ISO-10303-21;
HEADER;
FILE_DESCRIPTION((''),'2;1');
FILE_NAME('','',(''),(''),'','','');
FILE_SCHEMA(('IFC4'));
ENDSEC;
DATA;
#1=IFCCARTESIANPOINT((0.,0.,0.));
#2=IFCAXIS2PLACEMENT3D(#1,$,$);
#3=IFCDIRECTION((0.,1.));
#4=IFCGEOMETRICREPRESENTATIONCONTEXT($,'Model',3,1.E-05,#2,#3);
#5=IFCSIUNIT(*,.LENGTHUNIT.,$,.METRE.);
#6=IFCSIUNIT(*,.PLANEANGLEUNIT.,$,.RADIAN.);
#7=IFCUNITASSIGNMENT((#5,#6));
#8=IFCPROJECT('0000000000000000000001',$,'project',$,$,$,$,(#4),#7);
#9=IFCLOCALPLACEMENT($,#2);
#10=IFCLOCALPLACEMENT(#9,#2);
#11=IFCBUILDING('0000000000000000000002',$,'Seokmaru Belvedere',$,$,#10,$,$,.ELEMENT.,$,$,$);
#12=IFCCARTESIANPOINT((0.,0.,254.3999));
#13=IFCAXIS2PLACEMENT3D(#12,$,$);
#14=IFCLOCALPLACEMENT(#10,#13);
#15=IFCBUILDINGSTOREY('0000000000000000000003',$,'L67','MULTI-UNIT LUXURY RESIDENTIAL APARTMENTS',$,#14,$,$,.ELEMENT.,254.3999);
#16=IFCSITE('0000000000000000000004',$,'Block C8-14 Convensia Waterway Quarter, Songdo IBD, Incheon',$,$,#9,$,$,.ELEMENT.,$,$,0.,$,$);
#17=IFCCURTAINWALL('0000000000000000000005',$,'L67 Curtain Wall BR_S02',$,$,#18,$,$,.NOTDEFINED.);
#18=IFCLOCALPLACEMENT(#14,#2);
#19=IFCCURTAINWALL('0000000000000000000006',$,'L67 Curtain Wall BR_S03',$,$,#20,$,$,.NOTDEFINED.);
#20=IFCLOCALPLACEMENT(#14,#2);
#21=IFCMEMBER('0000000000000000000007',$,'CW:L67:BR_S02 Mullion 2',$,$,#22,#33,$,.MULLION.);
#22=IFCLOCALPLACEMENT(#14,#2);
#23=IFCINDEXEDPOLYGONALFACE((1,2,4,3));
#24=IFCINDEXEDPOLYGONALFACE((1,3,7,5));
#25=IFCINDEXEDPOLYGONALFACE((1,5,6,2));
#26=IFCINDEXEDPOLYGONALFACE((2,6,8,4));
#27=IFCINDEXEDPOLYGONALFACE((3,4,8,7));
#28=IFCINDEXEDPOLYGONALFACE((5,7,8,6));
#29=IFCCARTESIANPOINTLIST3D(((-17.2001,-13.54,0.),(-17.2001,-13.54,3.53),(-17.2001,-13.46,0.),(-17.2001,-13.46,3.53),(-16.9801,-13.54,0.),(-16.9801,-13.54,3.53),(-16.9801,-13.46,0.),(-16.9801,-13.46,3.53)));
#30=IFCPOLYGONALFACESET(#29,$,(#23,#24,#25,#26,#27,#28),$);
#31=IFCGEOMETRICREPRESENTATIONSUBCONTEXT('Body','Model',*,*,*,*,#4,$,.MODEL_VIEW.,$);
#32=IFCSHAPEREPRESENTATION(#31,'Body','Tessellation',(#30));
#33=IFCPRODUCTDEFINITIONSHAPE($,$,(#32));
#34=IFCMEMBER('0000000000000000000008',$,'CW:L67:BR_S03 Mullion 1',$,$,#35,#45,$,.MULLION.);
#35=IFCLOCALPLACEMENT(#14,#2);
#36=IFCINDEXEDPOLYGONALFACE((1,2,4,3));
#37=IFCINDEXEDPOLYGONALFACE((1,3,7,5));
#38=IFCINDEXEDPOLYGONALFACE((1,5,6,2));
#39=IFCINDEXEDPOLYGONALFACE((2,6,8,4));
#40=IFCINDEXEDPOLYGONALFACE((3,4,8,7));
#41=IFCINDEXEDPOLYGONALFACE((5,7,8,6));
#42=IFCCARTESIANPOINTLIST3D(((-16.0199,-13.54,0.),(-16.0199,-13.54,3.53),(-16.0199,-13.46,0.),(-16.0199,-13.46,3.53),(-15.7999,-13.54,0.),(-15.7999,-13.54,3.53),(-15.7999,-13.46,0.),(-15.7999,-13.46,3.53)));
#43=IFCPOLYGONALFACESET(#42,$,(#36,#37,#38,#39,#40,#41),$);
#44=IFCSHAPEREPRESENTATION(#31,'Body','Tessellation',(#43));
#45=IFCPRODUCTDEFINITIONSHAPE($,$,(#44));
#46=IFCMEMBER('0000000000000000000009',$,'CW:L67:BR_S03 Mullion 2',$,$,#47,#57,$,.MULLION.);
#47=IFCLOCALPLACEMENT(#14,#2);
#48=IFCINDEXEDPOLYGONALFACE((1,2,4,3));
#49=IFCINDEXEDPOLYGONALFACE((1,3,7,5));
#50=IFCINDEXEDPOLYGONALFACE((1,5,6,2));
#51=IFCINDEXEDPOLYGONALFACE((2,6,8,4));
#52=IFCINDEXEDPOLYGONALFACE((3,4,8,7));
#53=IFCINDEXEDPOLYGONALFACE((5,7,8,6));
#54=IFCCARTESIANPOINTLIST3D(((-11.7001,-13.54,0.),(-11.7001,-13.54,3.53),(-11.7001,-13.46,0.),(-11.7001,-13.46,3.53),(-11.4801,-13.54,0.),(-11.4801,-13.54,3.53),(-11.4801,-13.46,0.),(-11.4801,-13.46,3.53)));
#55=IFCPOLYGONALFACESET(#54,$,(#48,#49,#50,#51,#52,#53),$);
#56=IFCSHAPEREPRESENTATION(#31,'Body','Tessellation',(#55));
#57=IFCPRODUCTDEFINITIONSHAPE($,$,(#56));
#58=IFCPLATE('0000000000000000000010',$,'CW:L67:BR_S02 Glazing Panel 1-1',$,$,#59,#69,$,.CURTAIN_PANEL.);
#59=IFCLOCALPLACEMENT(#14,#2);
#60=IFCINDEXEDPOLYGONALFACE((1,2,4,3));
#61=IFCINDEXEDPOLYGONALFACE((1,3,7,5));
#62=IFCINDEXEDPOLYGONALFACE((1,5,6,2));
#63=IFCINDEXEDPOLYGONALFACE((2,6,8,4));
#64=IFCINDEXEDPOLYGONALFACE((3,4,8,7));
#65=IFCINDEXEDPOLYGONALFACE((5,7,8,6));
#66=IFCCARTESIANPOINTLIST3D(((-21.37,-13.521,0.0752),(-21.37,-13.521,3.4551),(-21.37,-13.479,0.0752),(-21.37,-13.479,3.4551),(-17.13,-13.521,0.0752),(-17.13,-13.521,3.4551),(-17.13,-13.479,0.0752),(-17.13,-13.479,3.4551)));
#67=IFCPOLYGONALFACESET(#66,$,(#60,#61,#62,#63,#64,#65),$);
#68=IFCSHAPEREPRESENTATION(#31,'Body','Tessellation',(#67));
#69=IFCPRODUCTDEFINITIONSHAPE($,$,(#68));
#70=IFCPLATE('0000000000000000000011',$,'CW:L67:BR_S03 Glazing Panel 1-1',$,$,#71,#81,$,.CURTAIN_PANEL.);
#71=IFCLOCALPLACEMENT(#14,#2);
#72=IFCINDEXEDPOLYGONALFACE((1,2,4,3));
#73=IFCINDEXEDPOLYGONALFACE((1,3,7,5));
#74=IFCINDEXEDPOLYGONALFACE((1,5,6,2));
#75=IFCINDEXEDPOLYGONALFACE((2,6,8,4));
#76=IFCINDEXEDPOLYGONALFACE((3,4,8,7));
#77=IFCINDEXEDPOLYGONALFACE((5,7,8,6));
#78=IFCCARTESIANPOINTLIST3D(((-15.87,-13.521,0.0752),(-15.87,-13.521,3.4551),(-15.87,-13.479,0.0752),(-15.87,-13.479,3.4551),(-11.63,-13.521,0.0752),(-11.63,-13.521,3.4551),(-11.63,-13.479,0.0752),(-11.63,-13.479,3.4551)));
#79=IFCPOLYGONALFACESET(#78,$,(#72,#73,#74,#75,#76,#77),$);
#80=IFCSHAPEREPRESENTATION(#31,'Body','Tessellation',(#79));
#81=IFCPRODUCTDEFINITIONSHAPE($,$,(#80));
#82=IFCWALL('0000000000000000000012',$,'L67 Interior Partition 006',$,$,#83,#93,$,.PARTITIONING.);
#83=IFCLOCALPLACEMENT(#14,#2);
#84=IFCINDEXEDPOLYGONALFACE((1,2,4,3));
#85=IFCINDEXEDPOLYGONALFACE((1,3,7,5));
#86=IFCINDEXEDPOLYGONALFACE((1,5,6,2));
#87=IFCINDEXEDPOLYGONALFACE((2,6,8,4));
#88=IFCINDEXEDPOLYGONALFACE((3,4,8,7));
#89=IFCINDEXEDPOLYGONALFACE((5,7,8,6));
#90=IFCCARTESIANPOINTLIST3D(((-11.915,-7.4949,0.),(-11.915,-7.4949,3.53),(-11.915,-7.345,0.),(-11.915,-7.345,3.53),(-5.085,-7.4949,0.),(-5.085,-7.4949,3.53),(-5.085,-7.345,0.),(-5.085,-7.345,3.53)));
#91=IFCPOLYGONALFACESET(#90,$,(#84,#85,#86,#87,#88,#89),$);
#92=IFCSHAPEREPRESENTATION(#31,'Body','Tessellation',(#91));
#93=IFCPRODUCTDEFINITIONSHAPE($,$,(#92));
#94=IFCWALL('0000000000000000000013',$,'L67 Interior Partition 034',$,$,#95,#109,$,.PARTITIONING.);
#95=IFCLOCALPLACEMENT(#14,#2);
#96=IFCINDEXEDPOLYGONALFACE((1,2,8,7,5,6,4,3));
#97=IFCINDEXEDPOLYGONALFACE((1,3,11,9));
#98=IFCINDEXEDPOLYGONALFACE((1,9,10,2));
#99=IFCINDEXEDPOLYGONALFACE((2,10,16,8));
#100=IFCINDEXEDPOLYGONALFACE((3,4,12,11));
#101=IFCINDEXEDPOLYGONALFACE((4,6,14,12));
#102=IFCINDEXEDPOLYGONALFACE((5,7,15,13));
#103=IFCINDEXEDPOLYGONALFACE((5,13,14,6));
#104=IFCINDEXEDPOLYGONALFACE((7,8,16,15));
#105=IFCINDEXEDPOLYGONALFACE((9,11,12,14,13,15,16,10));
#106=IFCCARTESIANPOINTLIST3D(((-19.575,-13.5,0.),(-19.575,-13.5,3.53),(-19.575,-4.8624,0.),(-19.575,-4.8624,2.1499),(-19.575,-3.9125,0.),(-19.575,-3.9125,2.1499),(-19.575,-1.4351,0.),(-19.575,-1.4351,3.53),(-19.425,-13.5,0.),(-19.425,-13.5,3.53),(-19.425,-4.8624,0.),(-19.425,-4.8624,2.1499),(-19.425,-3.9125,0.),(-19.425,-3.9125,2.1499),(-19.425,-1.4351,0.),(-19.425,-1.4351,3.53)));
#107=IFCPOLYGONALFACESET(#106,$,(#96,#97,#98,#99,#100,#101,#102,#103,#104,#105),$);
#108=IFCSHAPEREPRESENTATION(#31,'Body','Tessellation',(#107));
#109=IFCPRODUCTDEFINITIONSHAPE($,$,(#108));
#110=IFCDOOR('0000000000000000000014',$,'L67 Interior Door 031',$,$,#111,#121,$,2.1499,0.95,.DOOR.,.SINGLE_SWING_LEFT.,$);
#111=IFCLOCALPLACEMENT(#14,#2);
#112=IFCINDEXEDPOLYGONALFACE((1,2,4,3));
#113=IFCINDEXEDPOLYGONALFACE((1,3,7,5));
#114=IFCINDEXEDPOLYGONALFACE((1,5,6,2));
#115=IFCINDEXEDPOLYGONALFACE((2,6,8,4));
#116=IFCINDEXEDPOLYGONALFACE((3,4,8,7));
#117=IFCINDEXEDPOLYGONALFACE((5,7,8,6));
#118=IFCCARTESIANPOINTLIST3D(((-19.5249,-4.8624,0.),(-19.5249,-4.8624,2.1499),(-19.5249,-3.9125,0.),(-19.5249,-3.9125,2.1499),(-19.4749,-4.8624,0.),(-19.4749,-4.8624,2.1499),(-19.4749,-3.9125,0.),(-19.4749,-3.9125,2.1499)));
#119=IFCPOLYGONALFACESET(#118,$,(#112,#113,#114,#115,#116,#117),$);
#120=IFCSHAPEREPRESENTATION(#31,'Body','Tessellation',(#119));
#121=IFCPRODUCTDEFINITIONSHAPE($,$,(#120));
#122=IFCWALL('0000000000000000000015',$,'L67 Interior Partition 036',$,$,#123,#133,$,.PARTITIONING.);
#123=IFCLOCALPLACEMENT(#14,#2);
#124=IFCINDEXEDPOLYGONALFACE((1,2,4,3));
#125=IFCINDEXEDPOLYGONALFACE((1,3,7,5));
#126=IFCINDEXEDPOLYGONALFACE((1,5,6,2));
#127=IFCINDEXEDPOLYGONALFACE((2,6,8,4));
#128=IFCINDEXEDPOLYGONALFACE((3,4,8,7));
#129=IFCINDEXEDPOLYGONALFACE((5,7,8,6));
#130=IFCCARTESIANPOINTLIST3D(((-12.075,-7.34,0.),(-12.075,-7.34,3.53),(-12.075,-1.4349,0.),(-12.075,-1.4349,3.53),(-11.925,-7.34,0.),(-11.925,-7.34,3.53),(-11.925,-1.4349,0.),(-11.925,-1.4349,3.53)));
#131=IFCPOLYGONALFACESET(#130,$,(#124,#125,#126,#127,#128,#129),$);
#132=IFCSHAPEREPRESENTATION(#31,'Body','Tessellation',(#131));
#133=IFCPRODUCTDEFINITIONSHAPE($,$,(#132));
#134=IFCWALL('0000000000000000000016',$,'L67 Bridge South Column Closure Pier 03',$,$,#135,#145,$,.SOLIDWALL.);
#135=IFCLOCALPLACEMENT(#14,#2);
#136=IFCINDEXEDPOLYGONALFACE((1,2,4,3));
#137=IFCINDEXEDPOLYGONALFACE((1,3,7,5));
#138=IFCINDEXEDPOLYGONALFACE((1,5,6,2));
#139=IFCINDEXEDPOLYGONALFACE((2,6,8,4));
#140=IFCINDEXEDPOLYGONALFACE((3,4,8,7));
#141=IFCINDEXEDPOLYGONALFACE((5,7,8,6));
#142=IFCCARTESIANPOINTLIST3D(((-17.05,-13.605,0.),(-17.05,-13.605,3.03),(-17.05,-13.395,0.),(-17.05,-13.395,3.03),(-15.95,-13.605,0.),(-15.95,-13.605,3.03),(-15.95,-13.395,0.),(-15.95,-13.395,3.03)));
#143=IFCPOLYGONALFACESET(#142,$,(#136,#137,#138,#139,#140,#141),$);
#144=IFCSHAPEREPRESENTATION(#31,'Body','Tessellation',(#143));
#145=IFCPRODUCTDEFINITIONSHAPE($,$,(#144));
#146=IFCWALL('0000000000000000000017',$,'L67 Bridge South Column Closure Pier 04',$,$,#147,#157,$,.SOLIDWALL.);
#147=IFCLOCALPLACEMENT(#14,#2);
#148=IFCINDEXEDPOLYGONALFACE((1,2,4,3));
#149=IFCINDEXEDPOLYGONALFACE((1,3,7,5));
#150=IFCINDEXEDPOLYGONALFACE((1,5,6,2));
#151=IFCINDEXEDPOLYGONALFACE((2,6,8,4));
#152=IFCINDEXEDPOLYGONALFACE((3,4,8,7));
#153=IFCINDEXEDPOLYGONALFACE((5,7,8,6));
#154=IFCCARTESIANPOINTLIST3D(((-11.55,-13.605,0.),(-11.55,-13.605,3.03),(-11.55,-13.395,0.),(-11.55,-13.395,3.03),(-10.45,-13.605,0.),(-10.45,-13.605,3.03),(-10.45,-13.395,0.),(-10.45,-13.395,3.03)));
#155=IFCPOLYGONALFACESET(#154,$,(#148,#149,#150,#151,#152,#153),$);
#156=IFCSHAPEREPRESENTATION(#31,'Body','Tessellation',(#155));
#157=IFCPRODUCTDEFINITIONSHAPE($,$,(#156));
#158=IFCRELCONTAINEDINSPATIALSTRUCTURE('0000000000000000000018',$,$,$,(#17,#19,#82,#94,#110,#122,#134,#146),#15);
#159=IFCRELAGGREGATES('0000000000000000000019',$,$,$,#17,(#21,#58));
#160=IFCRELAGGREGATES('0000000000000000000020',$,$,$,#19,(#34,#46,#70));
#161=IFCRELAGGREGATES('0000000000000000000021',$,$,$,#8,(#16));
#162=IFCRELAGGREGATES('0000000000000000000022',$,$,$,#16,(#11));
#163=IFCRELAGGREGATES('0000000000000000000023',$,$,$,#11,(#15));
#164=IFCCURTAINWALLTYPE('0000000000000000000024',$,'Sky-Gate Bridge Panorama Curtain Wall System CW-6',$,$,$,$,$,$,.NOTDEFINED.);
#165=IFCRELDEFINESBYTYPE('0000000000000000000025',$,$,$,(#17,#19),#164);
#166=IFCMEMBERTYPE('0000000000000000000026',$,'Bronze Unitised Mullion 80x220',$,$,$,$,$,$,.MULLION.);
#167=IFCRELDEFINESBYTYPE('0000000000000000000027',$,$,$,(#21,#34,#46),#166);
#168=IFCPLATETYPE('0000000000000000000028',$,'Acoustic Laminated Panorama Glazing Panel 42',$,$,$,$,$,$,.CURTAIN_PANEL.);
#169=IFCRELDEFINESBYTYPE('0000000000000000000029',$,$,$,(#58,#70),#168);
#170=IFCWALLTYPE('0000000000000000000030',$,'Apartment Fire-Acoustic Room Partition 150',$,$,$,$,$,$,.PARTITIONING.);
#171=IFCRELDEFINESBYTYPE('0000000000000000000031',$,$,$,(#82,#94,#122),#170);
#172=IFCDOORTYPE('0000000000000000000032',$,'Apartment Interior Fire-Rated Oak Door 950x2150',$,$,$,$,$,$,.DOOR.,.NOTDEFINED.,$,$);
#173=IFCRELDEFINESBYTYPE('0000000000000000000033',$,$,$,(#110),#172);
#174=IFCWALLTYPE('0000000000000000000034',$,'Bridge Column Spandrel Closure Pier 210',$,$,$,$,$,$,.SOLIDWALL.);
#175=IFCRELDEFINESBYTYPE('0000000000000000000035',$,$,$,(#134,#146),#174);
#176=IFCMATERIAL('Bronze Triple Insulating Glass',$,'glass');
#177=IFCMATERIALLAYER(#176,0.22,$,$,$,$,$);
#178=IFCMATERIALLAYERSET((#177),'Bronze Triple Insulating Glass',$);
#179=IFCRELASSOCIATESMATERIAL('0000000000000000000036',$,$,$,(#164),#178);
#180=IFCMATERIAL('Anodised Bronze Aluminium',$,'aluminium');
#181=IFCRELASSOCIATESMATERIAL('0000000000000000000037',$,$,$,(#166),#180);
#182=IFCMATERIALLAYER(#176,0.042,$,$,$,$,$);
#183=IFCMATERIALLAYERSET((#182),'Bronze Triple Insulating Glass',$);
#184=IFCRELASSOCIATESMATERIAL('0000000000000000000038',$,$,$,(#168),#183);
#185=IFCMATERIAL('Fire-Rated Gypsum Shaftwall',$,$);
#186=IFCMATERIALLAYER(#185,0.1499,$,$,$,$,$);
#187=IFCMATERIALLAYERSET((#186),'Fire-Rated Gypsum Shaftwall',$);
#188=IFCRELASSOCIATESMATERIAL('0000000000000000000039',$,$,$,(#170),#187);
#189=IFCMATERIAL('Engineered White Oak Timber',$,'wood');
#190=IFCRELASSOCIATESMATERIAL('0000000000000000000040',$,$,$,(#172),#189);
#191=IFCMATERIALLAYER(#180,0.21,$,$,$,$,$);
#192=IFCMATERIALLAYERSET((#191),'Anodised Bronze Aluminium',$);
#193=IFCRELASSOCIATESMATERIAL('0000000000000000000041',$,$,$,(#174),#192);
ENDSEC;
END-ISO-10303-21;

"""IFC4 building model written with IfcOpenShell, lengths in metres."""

from ifc_helpers import new_model, si_unit, direction, frame, frame_2d, origin, origin_2d, place, context, subcontext, project, spatial, rectangle, extrude, source, transform, mapped, material, layer, layer_set, material_profile, profile_set, type_object, type_shapes, element, fill, aggregate, save


model = new_model("IFC4")

# Units and contexts
model_context = context("Model", 3, precision=1e-05, world=origin(), true_north=direction((0.0, 1.0)))
body_context = subcontext(model_context, "Body", "Model", "MODEL_VIEW")
ifc_project = project(units=[si_unit("LENGTHUNIT", "METRE"), si_unit("PLANEANGLEUNIT", "RADIAN")], contexts=[model_context])

# Site, building, storey
site_placement = place(None, origin())
site = spatial("IfcSite", under=ifc_project, at=site_placement, Name="Block C8-14 Convensia Waterway Quarter, Songdo IBD, Incheon", CompositionType="ELEMENT", RefElevation=0.0)
building_placement = place(site_placement, origin())
building = spatial("IfcBuilding", under=site, at=building_placement, Name="Seokmaru Belvedere", CompositionType="ELEMENT")
storey_placement = place(building_placement, frame((0.0, 0.0, 254.3999)))
storey = spatial("IfcBuildingStorey", under=building, at=storey_placement, Name="L67", Description="MULTI-UNIT LUXURY RESIDENTIAL APARTMENTS", CompositionType="ELEMENT", Elevation=254.3999)

# Curtain wall
ifc_material_1 = material(Name="Bronze Triple Insulating Glass", Category="glass")
ifc_layer_1 = layer(ifc_material_1, 0.22)
ifc_layer_set_1 = layer_set([ifc_layer_1], Name="Bronze Triple Insulating Glass")
curtain_wall_type = type_object("IfcCurtainWallType", Name="Sky-Gate Bridge Panorama Curtain Wall System CW-6", PredefinedType="NOTDEFINED", material=ifc_layer_set_1)
curtain_wall_1_placement = place(storey_placement, origin())
curtain_wall_1 = element("IfcCurtainWall", 1, at=curtain_wall_1_placement, inside=storey, type_object=curtain_wall_type, Name="L67 Curtain Wall BR_S02", PredefinedType="NOTDEFINED")
ifc_material_2 = material(Name="Anodised Bronze Aluminium", Category="aluminium")

# Curtain wall
curtain_wall_2_placement = place(storey_placement, origin())
curtain_wall_2 = element("IfcCurtainWall", 2, at=curtain_wall_2_placement, inside=storey, type_object=curtain_wall_type, Name="L67 Curtain Wall BR_S03", PredefinedType="NOTDEFINED")

# Members
ifc_material_profile_1 = material_profile(ifc_material_2, rectangle(XDim=0.0801, YDim=0.22, at=origin_2d()), Name="CW-M-80x220")
ifc_profile_set_1 = profile_set([ifc_material_profile_1], Name="Anodised Bronze Aluminium")
member_type_1 = type_object("IfcMemberType", Name="Bronze Unitised Mullion 80x220", PredefinedType="MULLION", material=ifc_profile_set_1)
shared_shape_1 = source(origin(), body_context, "Body", "SweptSolid", [
    extrude(rectangle(XDim=0.0801, YDim=0.22, at=origin_2d()), origin(), (0.0, 0.0, 1.0), 3.53),
])
type_shapes(member_type_1, [shared_shape_1])
member_1_placement = place(storey_placement, frame((-17.0901, -13.5, 0.0), z_axis=(0.0, 0.0, 1.0), x_axis=(0.0, 1.0, 0.0)))
member_1 = element("IfcMember", 3, at=member_1_placement, type_object=member_type_1, Name="CW:L67:BR_S02 Mullion 2", PredefinedType="MULLION", context=body_context, shape_type="MappedRepresentation", body=[
    mapped(shared_shape_1, transform((0.0, 0.0, 0.0), scale=1.0)),
])
member_2_placement = place(storey_placement, frame((-15.9099, -13.5, 0.0), z_axis=(0.0, 0.0, 1.0), x_axis=(0.0, 1.0, 0.0)))
member_2 = element("IfcMember", 4, at=member_2_placement, type_object=member_type_1, Name="CW:L67:BR_S03 Mullion 1", PredefinedType="MULLION", context=body_context, shape_type="MappedRepresentation", body=[
    mapped(shared_shape_1, transform((0.0, 0.0, 0.0), scale=1.0)),
])
member_3_placement = place(storey_placement, frame((-11.5901, -13.5, 0.0), z_axis=(0.0, 0.0, 1.0), x_axis=(0.0, 1.0, 0.0)))
member_3 = element("IfcMember", 5, at=member_3_placement, type_object=member_type_1, Name="CW:L67:BR_S03 Mullion 2", PredefinedType="MULLION", context=body_context, shape_type="MappedRepresentation", body=[
    mapped(shared_shape_1, transform((0.0, 0.0, 0.0), scale=1.0)),
])

# Plates
ifc_layer_2 = layer(ifc_material_1, 0.042)
ifc_layer_set_2 = layer_set([ifc_layer_2], Name="Bronze Triple Insulating Glass")
plate_type = type_object("IfcPlateType", Name="Acoustic Laminated Panorama Glazing Panel 42", PredefinedType="CURTAIN_PANEL", material=ifc_layer_set_2)
shared_shape_2 = source(origin(), body_context, "Body", "SweptSolid", [
    extrude(rectangle(XDim=4.24, YDim=0.042, at=origin_2d()), origin(), (0.0, 0.0, 1.0), 3.3799),
])
type_shapes(plate_type, [shared_shape_2])
plate_1_placement = place(storey_placement, frame((-19.25, -13.5, 0.0752), z_axis=(0.0, 0.0, 1.0), x_axis=(1.0, 0.0, 0.0)))
plate_1 = element("IfcPlate", 6, at=plate_1_placement, type_object=plate_type, Name="CW:L67:BR_S02 Glazing Panel 1-1", PredefinedType="CURTAIN_PANEL", context=body_context, shape_type="MappedRepresentation", body=[
    mapped(shared_shape_2, transform((0.0, 0.0, 0.0), scale=1.0)),
])
aggregate(curtain_wall_1, [member_1, plate_1])
plate_2_placement = place(storey_placement, frame((-13.75, -13.5, 0.0752), z_axis=(0.0, 0.0, 1.0), x_axis=(1.0, 0.0, 0.0)))
plate_2 = element("IfcPlate", 7, at=plate_2_placement, type_object=plate_type, Name="CW:L67:BR_S03 Glazing Panel 1-1", PredefinedType="CURTAIN_PANEL", context=body_context, shape_type="MappedRepresentation", body=[
    mapped(shared_shape_2, transform((0.0, 0.0, 0.0), scale=1.0)),
])
aggregate(curtain_wall_2, [member_2, member_3, plate_2])

# Wall
ifc_material_3 = material(Name="Fire-Rated Gypsum Shaftwall")
ifc_layer_3 = layer(ifc_material_3, 0.1499)
ifc_layer_set_3 = layer_set([ifc_layer_3], Name="Fire-Rated Gypsum Shaftwall")
wall_type_1 = type_object("IfcWallType", Name="Apartment Fire-Acoustic Room Partition 150", PredefinedType="PARTITIONING", material=ifc_layer_set_3)
wall_1_placement = place(storey_placement, frame((-11.915, -7.4199, 0.0), z_axis=(0.0, 0.0, 1.0), x_axis=(1.0, 0.0, 0.0)))
element("IfcWall", 8, at=wall_1_placement, inside=storey, type_object=wall_type_1, Name="L67 Interior Partition 006", PredefinedType="PARTITIONING", context=body_context, shape_type="SweptSolid", body=[
    extrude(rectangle(XDim=6.8301, YDim=0.1499, at=frame_2d((3.415, 0.0))), origin(), (0.0, 0.0, 1.0), 3.53),
])

# Wall, opening, door
wall_2_placement = place(storey_placement, frame((-19.5, -13.5, 0.0), z_axis=(0.0, 0.0, 1.0), x_axis=(0.0, 1.0, 0.0)))
wall_2 = element("IfcWall", 9, at=wall_2_placement, inside=storey, type_object=wall_type_1, Name="L67 Interior Partition 034", PredefinedType="PARTITIONING", context=body_context, shape_type="SweptSolid", body=[
    extrude(rectangle(XDim=12.0649, YDim=0.1499, at=frame_2d((6.0325, 0.0))), origin(), (0.0, 0.0, 1.0), 3.53),
])
opening_placement = place(wall_2_placement, frame((8.6375, 0.0, 0.0)))
opening = element("IfcOpeningElement", 10, at=opening_placement, cuts=wall_2, PredefinedType="OPENING", context=body_context, shape_type="SweptSolid", body=[
    extrude(rectangle(XDim=0.95, YDim=2.1499, at=frame_2d((0.4751, 1.075))), frame((0.0, 0.085, 0.0), z_axis=(0.0, -1.0, 0.0), x_axis=(1.0, 0.0, 0.0)), (0.0, 0.0, 1.0), 0.1699),
])
ifc_material_4 = material(Name="Engineered White Oak Timber", Category="wood")
door_type = type_object("IfcDoorType", Name="Apartment Interior Fire-Rated Oak Door 950x2150", OperationType="NOTDEFINED", PredefinedType="DOOR", material=ifc_material_4)
shared_shape_3 = source(origin(), body_context, "Body", "SweptSolid", [
    extrude(rectangle(XDim=0.95, YDim=2.1499, at=frame_2d((0.4751, 1.075))), frame((0.0, 0.0249, 0.0), z_axis=(0.0, -1.0, 0.0), x_axis=(1.0, 0.0, 0.0)), (0.0, 0.0, 1.0), 0.05),
])
type_shapes(door_type, [shared_shape_3])
door_placement = place(opening_placement, origin())
door = element("IfcDoor", 11, at=door_placement, inside=storey, type_object=door_type, Name="L67 Interior Door 031", OperationType="SINGLE_SWING_LEFT", OverallHeight=2.1499, OverallWidth=0.95, PredefinedType="DOOR", context=body_context, shape_type="MappedRepresentation", body=[
    mapped(shared_shape_3, transform((0.0, 0.0, 0.0), scale=1.0)),
])
fill(opening, door)

# Walls
wall_3_placement = place(storey_placement, frame((-12.0, -7.3401, 0.0), z_axis=(0.0, 0.0, 1.0), x_axis=(0.0, 1.0, 0.0)))
element("IfcWall", 12, at=wall_3_placement, inside=storey, type_object=wall_type_1, Name="L67 Interior Partition 036", PredefinedType="PARTITIONING", context=body_context, shape_type="SweptSolid", body=[
    extrude(rectangle(XDim=5.905, YDim=0.1499, at=frame_2d((2.9526, 0.0))), origin(), (0.0, 0.0, 1.0), 3.53),
])
ifc_layer_4 = layer(ifc_material_2, 0.21)
ifc_layer_set_4 = layer_set([ifc_layer_4], Name="Anodised Bronze Aluminium")
wall_type_2 = type_object("IfcWallType", Name="Bridge Column Spandrel Closure Pier 210", PredefinedType="SOLIDWALL", material=ifc_layer_set_4)
for number, where, z_axis, x_axis, name in (
    (13, (-17.05, -13.5, 0.0), (0.0, 0.0, 1.0), (1.0, 0.0, 0.0), "L67 Bridge South Column Closure Pier 03"),
    (14, (-11.55, -13.5, 0.0), (0.0, 0.0, 1.0), (1.0, 0.0, 0.0), "L67 Bridge South Column Closure Pier 04"),
):
    element("IfcWall", number, at=place(storey_placement, frame(where, z_axis=z_axis, x_axis=x_axis)), inside=storey, type_object=wall_type_2, Name=name, PredefinedType="SOLIDWALL", context=body_context, shape_type="SweptSolid", body=[
        extrude(rectangle(XDim=1.1001, YDim=0.21, at=frame_2d((0.55, 0.0))), origin(), (0.0, 0.0, 1.0), 3.03),
    ])

save(model, "model.ifc")
